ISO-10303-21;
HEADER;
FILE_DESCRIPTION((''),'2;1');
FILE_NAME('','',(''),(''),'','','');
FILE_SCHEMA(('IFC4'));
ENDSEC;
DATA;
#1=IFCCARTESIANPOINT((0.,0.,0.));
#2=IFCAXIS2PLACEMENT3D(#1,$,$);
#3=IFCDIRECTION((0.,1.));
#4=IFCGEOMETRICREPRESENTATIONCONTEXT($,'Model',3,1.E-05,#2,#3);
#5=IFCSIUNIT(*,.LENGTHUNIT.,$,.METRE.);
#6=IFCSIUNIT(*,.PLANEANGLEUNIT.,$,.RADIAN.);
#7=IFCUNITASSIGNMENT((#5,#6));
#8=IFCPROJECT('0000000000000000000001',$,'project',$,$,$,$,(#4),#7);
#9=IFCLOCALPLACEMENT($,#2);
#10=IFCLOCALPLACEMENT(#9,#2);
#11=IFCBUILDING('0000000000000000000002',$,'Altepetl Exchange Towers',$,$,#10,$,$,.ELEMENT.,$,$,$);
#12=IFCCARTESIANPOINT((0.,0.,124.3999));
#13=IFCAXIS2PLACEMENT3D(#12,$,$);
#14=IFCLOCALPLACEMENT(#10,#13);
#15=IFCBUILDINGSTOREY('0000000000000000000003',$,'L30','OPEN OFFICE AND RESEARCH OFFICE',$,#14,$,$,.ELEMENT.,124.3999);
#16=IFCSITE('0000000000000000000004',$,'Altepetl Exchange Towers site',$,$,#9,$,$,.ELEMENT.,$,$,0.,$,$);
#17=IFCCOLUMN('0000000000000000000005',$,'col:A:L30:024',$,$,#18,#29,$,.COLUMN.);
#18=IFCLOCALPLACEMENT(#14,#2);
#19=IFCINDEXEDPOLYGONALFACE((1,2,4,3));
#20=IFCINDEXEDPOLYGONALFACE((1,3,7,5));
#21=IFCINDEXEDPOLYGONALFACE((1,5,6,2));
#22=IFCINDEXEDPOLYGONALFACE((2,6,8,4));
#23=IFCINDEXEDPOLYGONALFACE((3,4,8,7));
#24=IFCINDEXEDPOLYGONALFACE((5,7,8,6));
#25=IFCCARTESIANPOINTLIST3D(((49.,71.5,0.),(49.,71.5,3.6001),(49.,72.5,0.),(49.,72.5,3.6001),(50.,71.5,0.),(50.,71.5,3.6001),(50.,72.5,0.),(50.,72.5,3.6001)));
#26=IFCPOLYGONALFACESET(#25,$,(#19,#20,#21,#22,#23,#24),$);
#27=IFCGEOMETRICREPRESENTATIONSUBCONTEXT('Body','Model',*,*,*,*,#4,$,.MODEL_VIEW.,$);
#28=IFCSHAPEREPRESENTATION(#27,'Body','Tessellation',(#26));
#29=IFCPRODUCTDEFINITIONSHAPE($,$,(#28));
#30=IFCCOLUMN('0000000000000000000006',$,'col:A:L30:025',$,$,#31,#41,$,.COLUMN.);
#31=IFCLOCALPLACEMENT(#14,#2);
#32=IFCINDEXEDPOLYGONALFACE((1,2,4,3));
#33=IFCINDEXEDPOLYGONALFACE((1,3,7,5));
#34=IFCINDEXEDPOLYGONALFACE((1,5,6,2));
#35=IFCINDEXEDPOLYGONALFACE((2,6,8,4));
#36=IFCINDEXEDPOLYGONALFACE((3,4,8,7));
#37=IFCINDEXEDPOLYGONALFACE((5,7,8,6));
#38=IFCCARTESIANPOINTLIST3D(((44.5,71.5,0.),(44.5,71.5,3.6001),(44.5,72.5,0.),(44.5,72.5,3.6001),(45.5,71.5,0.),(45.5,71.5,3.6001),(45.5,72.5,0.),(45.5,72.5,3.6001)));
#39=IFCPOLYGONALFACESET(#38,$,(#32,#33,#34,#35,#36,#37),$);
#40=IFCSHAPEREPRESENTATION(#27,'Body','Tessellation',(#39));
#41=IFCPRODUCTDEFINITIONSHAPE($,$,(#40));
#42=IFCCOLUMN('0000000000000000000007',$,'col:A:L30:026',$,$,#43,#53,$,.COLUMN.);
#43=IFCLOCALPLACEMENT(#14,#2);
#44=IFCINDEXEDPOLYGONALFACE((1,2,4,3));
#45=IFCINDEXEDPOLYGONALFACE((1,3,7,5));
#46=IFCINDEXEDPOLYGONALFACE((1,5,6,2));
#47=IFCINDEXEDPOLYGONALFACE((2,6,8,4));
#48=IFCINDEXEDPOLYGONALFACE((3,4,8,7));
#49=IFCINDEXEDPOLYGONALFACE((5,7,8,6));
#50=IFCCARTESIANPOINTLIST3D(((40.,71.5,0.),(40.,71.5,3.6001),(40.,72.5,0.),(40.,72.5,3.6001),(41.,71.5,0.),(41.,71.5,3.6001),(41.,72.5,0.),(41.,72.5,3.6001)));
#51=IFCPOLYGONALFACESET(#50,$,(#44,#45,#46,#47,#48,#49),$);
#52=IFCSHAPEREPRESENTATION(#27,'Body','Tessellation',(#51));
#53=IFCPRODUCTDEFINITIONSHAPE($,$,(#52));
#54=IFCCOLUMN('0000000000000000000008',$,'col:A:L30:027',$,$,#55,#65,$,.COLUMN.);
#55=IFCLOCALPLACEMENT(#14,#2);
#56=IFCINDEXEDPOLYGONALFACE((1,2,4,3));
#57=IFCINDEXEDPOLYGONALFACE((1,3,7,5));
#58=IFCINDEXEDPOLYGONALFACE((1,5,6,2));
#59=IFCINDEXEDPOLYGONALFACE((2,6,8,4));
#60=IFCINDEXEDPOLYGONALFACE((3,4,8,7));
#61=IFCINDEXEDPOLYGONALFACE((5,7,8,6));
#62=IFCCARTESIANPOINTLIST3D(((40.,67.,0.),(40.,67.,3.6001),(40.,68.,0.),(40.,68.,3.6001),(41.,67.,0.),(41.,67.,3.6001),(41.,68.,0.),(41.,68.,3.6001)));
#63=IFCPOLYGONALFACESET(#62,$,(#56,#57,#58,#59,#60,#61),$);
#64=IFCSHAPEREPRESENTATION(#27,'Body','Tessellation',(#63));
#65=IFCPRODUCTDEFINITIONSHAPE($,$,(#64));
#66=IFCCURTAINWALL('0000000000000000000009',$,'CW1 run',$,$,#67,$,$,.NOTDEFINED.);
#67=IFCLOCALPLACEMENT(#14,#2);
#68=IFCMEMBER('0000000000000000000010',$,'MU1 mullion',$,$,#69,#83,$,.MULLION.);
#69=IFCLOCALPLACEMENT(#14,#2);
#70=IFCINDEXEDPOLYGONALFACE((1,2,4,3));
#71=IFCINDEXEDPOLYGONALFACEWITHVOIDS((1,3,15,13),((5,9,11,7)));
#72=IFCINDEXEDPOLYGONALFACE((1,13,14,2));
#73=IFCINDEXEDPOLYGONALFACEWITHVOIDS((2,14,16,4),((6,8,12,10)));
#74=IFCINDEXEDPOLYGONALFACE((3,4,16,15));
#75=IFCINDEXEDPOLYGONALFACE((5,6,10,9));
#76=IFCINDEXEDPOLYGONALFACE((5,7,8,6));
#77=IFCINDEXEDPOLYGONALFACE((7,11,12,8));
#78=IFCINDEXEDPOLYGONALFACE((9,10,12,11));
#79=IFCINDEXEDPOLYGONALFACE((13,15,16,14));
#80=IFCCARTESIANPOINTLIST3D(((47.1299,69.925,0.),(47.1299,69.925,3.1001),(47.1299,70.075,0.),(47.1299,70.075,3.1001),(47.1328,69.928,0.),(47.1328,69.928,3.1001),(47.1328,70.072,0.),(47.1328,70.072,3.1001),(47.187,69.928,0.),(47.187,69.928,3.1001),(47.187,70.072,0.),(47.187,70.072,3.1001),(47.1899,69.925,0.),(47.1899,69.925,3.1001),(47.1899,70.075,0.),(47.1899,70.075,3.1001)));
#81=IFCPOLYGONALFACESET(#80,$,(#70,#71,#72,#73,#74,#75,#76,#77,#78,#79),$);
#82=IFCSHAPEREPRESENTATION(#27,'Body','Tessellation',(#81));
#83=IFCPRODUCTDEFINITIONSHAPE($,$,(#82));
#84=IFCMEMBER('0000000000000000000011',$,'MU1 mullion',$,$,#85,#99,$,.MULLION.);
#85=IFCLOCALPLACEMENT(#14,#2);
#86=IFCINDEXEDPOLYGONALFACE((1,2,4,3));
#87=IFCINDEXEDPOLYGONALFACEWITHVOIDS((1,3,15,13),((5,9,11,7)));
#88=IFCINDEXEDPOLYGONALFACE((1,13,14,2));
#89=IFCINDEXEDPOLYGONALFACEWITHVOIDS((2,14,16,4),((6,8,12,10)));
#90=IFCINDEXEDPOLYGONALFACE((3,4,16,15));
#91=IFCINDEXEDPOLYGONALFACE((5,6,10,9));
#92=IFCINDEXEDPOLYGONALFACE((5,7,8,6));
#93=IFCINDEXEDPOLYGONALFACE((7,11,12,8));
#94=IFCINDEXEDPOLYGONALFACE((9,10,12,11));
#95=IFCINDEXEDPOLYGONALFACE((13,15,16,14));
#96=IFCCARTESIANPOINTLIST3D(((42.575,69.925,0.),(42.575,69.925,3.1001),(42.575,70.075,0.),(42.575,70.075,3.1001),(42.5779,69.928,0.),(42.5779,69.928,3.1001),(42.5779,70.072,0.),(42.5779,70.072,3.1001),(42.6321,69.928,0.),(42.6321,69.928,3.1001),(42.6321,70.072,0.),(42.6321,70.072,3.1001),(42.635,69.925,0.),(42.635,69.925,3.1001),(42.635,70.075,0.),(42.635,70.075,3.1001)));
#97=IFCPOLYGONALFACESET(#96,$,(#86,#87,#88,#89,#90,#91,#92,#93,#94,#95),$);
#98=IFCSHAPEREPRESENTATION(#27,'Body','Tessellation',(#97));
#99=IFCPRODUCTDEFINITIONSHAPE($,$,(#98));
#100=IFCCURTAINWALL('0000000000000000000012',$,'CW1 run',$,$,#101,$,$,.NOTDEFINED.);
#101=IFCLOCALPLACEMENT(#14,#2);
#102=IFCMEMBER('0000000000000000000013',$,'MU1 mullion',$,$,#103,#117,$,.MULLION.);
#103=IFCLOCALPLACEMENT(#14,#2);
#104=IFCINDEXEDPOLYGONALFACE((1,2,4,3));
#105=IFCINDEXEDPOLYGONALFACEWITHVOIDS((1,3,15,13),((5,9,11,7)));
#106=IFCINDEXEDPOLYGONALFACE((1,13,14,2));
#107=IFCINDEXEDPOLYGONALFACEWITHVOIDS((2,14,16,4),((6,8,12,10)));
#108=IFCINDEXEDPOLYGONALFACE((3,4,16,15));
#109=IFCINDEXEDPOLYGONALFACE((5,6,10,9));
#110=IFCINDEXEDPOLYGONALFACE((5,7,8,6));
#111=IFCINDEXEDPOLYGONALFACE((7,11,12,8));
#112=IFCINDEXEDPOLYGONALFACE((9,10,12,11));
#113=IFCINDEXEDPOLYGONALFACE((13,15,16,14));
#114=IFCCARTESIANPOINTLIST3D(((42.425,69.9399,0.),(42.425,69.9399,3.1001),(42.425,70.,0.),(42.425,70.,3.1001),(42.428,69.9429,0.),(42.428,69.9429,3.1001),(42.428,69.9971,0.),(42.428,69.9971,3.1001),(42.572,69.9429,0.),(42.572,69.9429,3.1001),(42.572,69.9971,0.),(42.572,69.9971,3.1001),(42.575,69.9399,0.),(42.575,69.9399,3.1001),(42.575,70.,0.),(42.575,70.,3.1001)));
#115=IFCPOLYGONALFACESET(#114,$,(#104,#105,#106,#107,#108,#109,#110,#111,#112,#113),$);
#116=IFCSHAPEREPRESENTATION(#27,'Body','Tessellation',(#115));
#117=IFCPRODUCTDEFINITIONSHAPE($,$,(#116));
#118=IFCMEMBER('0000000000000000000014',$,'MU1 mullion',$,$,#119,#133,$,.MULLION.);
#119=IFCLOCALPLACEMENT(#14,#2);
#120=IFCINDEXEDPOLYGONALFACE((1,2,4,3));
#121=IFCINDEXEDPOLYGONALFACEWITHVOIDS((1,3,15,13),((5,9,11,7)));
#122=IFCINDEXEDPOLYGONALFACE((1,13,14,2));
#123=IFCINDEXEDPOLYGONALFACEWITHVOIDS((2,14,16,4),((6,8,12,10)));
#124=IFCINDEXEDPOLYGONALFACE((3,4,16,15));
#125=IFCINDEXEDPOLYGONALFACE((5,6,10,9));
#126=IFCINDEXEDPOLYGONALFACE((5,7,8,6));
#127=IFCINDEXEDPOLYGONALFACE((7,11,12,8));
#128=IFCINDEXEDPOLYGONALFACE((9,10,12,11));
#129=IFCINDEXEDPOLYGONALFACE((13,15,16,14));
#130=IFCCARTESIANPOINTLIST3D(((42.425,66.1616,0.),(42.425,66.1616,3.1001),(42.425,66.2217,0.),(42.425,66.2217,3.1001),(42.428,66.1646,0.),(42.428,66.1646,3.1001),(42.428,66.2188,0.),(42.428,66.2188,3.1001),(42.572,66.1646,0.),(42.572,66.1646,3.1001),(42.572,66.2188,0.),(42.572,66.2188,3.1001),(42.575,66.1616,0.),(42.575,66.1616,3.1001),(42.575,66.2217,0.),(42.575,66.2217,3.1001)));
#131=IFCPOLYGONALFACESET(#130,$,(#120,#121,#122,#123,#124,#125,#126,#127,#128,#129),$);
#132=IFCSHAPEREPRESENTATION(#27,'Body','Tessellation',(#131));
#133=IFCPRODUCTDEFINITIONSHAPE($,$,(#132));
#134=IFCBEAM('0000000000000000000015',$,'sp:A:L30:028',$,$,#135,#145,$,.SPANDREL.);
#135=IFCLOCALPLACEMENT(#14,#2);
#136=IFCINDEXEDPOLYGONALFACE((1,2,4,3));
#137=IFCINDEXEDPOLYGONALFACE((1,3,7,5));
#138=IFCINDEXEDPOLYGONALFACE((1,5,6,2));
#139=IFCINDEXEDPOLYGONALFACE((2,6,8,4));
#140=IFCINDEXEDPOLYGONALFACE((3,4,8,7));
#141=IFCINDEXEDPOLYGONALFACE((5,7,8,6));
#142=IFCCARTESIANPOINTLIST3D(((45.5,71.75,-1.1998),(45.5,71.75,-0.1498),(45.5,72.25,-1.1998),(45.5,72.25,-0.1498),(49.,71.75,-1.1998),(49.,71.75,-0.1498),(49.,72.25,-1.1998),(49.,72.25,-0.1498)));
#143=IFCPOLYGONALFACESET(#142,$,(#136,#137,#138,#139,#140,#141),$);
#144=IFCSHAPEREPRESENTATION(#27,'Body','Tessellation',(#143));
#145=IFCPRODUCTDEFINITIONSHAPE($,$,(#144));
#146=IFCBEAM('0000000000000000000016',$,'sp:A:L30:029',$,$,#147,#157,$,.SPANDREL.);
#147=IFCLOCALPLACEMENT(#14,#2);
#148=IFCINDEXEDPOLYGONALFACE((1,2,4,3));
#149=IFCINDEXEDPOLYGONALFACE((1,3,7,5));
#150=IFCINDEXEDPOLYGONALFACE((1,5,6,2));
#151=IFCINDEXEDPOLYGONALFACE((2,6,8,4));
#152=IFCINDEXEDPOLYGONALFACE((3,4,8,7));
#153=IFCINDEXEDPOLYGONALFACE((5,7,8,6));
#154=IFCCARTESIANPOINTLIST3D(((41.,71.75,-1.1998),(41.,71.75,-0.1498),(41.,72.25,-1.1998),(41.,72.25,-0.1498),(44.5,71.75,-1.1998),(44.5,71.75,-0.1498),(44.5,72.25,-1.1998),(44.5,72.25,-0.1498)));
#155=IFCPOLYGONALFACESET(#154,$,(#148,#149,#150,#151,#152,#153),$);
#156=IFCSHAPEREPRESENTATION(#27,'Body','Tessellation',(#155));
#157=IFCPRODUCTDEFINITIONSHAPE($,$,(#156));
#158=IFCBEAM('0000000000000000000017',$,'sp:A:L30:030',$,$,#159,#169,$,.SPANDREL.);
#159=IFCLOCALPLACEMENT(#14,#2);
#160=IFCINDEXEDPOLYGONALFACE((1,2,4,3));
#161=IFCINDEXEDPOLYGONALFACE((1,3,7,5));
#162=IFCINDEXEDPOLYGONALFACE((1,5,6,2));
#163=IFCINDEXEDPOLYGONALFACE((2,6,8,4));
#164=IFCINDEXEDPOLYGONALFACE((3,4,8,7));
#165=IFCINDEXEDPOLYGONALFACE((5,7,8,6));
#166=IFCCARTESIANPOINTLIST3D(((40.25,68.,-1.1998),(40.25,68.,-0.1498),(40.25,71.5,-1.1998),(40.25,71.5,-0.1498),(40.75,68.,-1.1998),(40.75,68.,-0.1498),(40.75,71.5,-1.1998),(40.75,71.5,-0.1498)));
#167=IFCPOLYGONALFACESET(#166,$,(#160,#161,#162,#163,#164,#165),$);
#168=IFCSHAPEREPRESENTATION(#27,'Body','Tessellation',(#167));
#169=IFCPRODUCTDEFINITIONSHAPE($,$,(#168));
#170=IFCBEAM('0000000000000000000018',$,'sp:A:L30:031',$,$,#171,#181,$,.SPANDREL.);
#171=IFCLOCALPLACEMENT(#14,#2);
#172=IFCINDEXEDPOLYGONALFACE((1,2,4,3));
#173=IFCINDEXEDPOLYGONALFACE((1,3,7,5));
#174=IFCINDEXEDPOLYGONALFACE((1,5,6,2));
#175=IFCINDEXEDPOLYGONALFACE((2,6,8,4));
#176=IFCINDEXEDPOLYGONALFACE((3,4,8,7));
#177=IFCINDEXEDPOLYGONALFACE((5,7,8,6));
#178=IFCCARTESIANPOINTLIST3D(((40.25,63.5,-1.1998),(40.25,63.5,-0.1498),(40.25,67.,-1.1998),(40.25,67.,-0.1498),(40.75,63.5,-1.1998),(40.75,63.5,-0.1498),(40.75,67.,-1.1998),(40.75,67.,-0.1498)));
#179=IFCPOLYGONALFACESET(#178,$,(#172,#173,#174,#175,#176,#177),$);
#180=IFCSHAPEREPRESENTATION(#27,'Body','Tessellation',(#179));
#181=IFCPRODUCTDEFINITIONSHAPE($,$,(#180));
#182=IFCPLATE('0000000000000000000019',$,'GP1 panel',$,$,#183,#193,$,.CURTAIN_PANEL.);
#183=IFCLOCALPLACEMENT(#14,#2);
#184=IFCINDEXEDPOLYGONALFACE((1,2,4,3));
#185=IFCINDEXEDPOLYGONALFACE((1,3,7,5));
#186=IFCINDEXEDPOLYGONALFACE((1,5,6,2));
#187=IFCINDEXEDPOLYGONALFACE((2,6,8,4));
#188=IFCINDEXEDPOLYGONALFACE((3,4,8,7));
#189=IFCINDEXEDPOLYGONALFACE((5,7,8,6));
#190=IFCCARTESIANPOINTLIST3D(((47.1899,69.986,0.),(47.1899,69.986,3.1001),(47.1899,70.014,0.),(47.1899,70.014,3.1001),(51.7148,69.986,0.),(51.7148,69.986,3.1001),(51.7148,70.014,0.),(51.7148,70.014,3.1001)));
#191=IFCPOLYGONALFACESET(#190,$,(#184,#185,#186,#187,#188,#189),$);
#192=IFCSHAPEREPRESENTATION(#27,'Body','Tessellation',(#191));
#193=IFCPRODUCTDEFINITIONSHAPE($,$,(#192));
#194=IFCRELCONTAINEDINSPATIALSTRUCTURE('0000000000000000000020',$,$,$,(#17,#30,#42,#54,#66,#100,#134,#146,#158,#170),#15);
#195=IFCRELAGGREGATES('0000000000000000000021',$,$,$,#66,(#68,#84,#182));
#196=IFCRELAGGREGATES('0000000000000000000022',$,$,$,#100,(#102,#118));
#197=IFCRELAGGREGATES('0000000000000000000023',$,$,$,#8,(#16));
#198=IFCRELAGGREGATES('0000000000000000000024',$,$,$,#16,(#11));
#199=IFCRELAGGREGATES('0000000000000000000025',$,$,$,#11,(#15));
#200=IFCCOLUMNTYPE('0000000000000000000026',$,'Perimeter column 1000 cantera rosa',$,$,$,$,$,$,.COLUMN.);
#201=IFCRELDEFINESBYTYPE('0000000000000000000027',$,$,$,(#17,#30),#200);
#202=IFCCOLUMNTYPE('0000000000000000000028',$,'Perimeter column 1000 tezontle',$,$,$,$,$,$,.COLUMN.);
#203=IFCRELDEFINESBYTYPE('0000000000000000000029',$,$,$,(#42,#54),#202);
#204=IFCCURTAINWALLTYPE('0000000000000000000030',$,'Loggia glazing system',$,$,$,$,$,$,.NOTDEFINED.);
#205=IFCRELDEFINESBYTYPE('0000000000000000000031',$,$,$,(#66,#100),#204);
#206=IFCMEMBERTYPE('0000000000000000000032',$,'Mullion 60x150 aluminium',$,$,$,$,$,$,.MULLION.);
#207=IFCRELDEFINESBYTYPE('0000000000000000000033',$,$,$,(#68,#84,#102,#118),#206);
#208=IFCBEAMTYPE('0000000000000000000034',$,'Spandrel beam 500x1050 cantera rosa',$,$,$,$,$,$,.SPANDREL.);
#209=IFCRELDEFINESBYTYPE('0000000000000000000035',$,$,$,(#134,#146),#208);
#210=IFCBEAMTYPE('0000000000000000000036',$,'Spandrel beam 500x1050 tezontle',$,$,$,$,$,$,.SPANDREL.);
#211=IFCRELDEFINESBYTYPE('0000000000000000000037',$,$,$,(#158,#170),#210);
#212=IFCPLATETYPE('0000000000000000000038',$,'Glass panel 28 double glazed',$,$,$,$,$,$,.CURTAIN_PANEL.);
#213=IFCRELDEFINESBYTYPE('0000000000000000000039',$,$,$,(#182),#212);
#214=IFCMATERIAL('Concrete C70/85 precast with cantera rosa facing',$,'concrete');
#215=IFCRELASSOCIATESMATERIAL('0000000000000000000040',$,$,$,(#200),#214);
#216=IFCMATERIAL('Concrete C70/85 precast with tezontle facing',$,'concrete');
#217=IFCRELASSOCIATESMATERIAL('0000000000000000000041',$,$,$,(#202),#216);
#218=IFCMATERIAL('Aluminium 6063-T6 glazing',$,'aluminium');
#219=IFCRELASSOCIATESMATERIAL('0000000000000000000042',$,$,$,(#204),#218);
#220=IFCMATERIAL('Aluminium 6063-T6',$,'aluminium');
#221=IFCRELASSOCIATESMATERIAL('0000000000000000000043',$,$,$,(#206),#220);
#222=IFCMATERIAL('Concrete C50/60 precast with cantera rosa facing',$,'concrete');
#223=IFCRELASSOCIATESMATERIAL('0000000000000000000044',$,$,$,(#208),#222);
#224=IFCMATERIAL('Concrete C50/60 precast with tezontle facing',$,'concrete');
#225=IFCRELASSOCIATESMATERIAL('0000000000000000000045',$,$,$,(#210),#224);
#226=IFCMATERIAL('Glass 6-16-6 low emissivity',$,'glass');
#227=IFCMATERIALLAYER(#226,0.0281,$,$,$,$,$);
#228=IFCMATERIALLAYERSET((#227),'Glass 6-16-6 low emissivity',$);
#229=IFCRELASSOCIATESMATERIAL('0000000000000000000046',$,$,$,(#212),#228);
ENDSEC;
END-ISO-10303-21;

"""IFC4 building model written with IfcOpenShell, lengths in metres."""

from ifc_helpers import new_model, si_unit, direction, frame, origin, origin_2d, place, context, subcontext, project, spatial, rectangle, hollow_rectangle, extrude, material, layer, layer_set, material_profile, profile_set, type_object, element, aggregate, save


model = new_model("IFC4")

# Units and contexts
model_context = context("Model", 3, precision=1e-05, world=origin(), true_north=direction((0.0, 1.0)))
body_context = subcontext(model_context, "Body", "Model", "MODEL_VIEW")
ifc_project = project(units=[si_unit("LENGTHUNIT", "METRE"), si_unit("PLANEANGLEUNIT", "RADIAN")], contexts=[model_context])

# Site, building, storey
site_placement = place(None, origin())
site = spatial("IfcSite", under=ifc_project, at=site_placement, Name="Altepetl Exchange Towers site", CompositionType="ELEMENT", RefElevation=0.0)
building_placement = place(site_placement, origin())
building = spatial("IfcBuilding", under=site, at=building_placement, Name="Altepetl Exchange Towers", CompositionType="ELEMENT")
storey_placement = place(building_placement, frame((0.0, 0.0, 124.3999)))
storey = spatial("IfcBuildingStorey", under=building, at=storey_placement, Name="L30", Description="OPEN OFFICE AND RESEARCH OFFICE", CompositionType="ELEMENT", Elevation=124.3999)

# Columns
ifc_material_1 = material(Name="Concrete C70/85 precast with cantera rosa facing", Category="concrete")
ifc_material_profile_1 = material_profile(ifc_material_1, rectangle(XDim=1.0, YDim=1.0, at=origin_2d()), Name="1000 x 1000")
ifc_profile_set_1 = profile_set([ifc_material_profile_1], Name="Concrete C70/85 precast with cantera rosa facing")
column_type_1 = type_object("IfcColumnType", Name="Perimeter column 1000 cantera rosa", PredefinedType="COLUMN", material=ifc_profile_set_1)
for number, where, name in (
    (1, (49.5, 72.0, 0.0), "col:A:L30:024"),
    (2, (45.0, 72.0, 0.0), "col:A:L30:025"),
):
    element("IfcColumn", number, at=place(storey_placement, frame(where)), inside=storey, type_object=column_type_1, Name=name, PredefinedType="COLUMN", context=body_context, shape_type="SweptSolid", body=[
        extrude(rectangle(XDim=1.0, YDim=1.0, at=origin_2d()), origin(), (0.0, 0.0, 1.0), 3.6001),
    ])
ifc_material_2 = material(Name="Concrete C70/85 precast with tezontle facing", Category="concrete")
ifc_material_profile_2 = material_profile(ifc_material_2, rectangle(XDim=1.0, YDim=1.0, at=origin_2d()), Name="1000 x 1000")
ifc_profile_set_2 = profile_set([ifc_material_profile_2], Name="Concrete C70/85 precast with tezontle facing")
column_type_2 = type_object("IfcColumnType", Name="Perimeter column 1000 tezontle", PredefinedType="COLUMN", material=ifc_profile_set_2)
for number, where, name in (
    (3, (40.5, 72.0, 0.0), "col:A:L30:026"),
    (4, (40.5, 67.5, 0.0), "col:A:L30:027"),
):
    element("IfcColumn", number, at=place(storey_placement, frame(where)), inside=storey, type_object=column_type_2, Name=name, PredefinedType="COLUMN", context=body_context, shape_type="SweptSolid", body=[
        extrude(rectangle(XDim=1.0, YDim=1.0, at=origin_2d()), origin(), (0.0, 0.0, 1.0), 3.6001),
    ])

# Curtain walls, members
ifc_material_3 = material(Name="Aluminium 6063-T6 glazing", Category="aluminium")
curtain_wall_type = type_object("IfcCurtainWallType", Name="Loggia glazing system", PredefinedType="NOTDEFINED", material=ifc_material_3)
curtain_wall_1_placement = place(storey_placement, origin())
curtain_wall_1 = element("IfcCurtainWall", 5, at=curtain_wall_1_placement, inside=storey, type_object=curtain_wall_type, Name="CW1 run", PredefinedType="NOTDEFINED")
ifc_material_4 = material(Name="Aluminium 6063-T6", Category="aluminium")
ifc_material_profile_3 = material_profile(ifc_material_4, hollow_rectangle(XDim=0.0601, YDim=0.1499, WallThickness=0.0029, at=origin_2d()), Name="Mullion 60x150 aluminium")
ifc_profile_set_3 = profile_set([ifc_material_profile_3], Name="Aluminium 6063-T6")
member_type = type_object("IfcMemberType", Name="Mullion 60x150 aluminium", PredefinedType="MULLION", material=ifc_profile_set_3)
member_1_placement = place(storey_placement, frame((47.1599, 70.0, 0.0), z_axis=(0.0, 0.0, 1.0), x_axis=(-1.0, 0.0, 0.0)))
member_1 = element("IfcMember", 6, at=member_1_placement, type_object=member_type, Name="MU1 mullion", PredefinedType="MULLION", context=body_context, shape_type="SweptSolid", body=[
    extrude(hollow_rectangle(XDim=0.0601, YDim=0.1499, WallThickness=0.0029, at=origin_2d()), origin(), (0.0, 0.0, 1.0), 3.1001),
])
member_2_placement = place(storey_placement, frame((42.605, 70.0, 0.0), z_axis=(0.0, 0.0, 1.0), x_axis=(-1.0, 0.0, 0.0)))
member_2 = element("IfcMember", 7, at=member_2_placement, type_object=member_type, Name="MU1 mullion", PredefinedType="MULLION", context=body_context, shape_type="SweptSolid", body=[
    extrude(hollow_rectangle(XDim=0.0601, YDim=0.1499, WallThickness=0.0029, at=origin_2d()), origin(), (0.0, 0.0, 1.0), 3.1001),
])
curtain_wall_2_placement = place(storey_placement, origin())
curtain_wall_2 = element("IfcCurtainWall", 8, at=curtain_wall_2_placement, inside=storey, type_object=curtain_wall_type, Name="CW1 run", PredefinedType="NOTDEFINED")
member_3_placement = place(storey_placement, frame((42.5, 69.97, 0.0), z_axis=(0.0, 0.0, 1.0), x_axis=(0.0, -1.0, 0.0)))
member_3 = element("IfcMember", 9, at=member_3_placement, type_object=member_type, Name="MU1 mullion", PredefinedType="MULLION", context=body_context, shape_type="SweptSolid", body=[
    extrude(hollow_rectangle(XDim=0.0601, YDim=0.1499, WallThickness=0.0029, at=origin_2d()), origin(), (0.0, 0.0, 1.0), 3.1001),
])
member_4_placement = place(storey_placement, frame((42.5, 66.1917, 0.0), z_axis=(0.0, 0.0, 1.0), x_axis=(0.0, -1.0, 0.0)))
member_4 = element("IfcMember", 10, at=member_4_placement, type_object=member_type, Name="MU1 mullion", PredefinedType="MULLION", context=body_context, shape_type="SweptSolid", body=[
    extrude(hollow_rectangle(XDim=0.0601, YDim=0.1499, WallThickness=0.0029, at=origin_2d()), origin(), (0.0, 0.0, 1.0), 3.1001),
])

# Beams
ifc_material_5 = material(Name="Concrete C50/60 precast with cantera rosa facing", Category="concrete")
ifc_material_profile_4 = material_profile(ifc_material_5, rectangle(XDim=0.5, YDim=1.05, at=origin_2d()), Name="500 x 1050")
ifc_profile_set_4 = profile_set([ifc_material_profile_4], Name="Concrete C50/60 precast with cantera rosa facing")
beam_type_1 = type_object("IfcBeamType", Name="Spandrel beam 500x1050 cantera rosa", PredefinedType="SPANDREL", material=ifc_profile_set_4)
for number, where, z_axis, x_axis, name in (
    (11, (49.0, 72.0, -0.6748), (-1.0, 0.0, 0.0), (0.0, -1.0, 0.0), "sp:A:L30:028"),
    (12, (44.5, 72.0, -0.6748), (-1.0, 0.0, 0.0), (0.0, -1.0, 0.0), "sp:A:L30:029"),
):
    element("IfcBeam", number, at=place(storey_placement, frame(where, z_axis=z_axis, x_axis=x_axis)), inside=storey, type_object=beam_type_1, Name=name, PredefinedType="SPANDREL", context=body_context, shape_type="SweptSolid", body=[
        extrude(rectangle(XDim=0.5, YDim=1.05, at=origin_2d()), origin(), (0.0, 0.0, 1.0), 3.5),
    ])
ifc_material_6 = material(Name="Concrete C50/60 precast with tezontle facing", Category="concrete")
ifc_material_profile_5 = material_profile(ifc_material_6, rectangle(XDim=0.5, YDim=1.05, at=origin_2d()), Name="500 x 1050")
ifc_profile_set_5 = profile_set([ifc_material_profile_5], Name="Concrete C50/60 precast with tezontle facing")
beam_type_2 = type_object("IfcBeamType", Name="Spandrel beam 500x1050 tezontle", PredefinedType="SPANDREL", material=ifc_profile_set_5)
for number, where, z_axis, x_axis, name in (
    (13, (40.5, 71.5, -0.6748), (0.0, -1.0, 0.0), (1.0, 0.0, 0.0), "sp:A:L30:030"),
    (14, (40.5, 67.0, -0.6748), (0.0, -1.0, 0.0), (1.0, 0.0, 0.0), "sp:A:L30:031"),
):
    element("IfcBeam", number, at=place(storey_placement, frame(where, z_axis=z_axis, x_axis=x_axis)), inside=storey, type_object=beam_type_2, Name=name, PredefinedType="SPANDREL", context=body_context, shape_type="SweptSolid", body=[
        extrude(rectangle(XDim=0.5, YDim=1.05, at=origin_2d()), origin(), (0.0, 0.0, 1.0), 3.5),
    ])

# Plate
ifc_material_7 = material(Name="Glass 6-16-6 low emissivity", Category="glass")
ifc_layer = layer(ifc_material_7, 0.0281)
ifc_layer_set = layer_set([ifc_layer], Name="Glass 6-16-6 low emissivity")
plate_type = type_object("IfcPlateType", Name="Glass panel 28 double glazed", PredefinedType="CURTAIN_PANEL", material=ifc_layer_set)
plate_1_placement = place(storey_placement, frame((49.4524, 70.0, 0.0), z_axis=(0.0, 0.0, 1.0), x_axis=(-1.0, 0.0, 0.0)))
plate_1 = element("IfcPlate", 15, at=plate_1_placement, type_object=plate_type, Name="GP1 panel", PredefinedType="CURTAIN_PANEL", context=body_context, shape_type="SweptSolid", body=[
    extrude(rectangle(XDim=4.5249, YDim=0.0281, at=origin_2d()), origin(), (0.0, 0.0, 1.0), 3.1001),
])
aggregate(curtain_wall_1, [member_1, member_2, plate_1])
aggregate(curtain_wall_2, [member_3, member_4])

save(model, "model.ifc")
